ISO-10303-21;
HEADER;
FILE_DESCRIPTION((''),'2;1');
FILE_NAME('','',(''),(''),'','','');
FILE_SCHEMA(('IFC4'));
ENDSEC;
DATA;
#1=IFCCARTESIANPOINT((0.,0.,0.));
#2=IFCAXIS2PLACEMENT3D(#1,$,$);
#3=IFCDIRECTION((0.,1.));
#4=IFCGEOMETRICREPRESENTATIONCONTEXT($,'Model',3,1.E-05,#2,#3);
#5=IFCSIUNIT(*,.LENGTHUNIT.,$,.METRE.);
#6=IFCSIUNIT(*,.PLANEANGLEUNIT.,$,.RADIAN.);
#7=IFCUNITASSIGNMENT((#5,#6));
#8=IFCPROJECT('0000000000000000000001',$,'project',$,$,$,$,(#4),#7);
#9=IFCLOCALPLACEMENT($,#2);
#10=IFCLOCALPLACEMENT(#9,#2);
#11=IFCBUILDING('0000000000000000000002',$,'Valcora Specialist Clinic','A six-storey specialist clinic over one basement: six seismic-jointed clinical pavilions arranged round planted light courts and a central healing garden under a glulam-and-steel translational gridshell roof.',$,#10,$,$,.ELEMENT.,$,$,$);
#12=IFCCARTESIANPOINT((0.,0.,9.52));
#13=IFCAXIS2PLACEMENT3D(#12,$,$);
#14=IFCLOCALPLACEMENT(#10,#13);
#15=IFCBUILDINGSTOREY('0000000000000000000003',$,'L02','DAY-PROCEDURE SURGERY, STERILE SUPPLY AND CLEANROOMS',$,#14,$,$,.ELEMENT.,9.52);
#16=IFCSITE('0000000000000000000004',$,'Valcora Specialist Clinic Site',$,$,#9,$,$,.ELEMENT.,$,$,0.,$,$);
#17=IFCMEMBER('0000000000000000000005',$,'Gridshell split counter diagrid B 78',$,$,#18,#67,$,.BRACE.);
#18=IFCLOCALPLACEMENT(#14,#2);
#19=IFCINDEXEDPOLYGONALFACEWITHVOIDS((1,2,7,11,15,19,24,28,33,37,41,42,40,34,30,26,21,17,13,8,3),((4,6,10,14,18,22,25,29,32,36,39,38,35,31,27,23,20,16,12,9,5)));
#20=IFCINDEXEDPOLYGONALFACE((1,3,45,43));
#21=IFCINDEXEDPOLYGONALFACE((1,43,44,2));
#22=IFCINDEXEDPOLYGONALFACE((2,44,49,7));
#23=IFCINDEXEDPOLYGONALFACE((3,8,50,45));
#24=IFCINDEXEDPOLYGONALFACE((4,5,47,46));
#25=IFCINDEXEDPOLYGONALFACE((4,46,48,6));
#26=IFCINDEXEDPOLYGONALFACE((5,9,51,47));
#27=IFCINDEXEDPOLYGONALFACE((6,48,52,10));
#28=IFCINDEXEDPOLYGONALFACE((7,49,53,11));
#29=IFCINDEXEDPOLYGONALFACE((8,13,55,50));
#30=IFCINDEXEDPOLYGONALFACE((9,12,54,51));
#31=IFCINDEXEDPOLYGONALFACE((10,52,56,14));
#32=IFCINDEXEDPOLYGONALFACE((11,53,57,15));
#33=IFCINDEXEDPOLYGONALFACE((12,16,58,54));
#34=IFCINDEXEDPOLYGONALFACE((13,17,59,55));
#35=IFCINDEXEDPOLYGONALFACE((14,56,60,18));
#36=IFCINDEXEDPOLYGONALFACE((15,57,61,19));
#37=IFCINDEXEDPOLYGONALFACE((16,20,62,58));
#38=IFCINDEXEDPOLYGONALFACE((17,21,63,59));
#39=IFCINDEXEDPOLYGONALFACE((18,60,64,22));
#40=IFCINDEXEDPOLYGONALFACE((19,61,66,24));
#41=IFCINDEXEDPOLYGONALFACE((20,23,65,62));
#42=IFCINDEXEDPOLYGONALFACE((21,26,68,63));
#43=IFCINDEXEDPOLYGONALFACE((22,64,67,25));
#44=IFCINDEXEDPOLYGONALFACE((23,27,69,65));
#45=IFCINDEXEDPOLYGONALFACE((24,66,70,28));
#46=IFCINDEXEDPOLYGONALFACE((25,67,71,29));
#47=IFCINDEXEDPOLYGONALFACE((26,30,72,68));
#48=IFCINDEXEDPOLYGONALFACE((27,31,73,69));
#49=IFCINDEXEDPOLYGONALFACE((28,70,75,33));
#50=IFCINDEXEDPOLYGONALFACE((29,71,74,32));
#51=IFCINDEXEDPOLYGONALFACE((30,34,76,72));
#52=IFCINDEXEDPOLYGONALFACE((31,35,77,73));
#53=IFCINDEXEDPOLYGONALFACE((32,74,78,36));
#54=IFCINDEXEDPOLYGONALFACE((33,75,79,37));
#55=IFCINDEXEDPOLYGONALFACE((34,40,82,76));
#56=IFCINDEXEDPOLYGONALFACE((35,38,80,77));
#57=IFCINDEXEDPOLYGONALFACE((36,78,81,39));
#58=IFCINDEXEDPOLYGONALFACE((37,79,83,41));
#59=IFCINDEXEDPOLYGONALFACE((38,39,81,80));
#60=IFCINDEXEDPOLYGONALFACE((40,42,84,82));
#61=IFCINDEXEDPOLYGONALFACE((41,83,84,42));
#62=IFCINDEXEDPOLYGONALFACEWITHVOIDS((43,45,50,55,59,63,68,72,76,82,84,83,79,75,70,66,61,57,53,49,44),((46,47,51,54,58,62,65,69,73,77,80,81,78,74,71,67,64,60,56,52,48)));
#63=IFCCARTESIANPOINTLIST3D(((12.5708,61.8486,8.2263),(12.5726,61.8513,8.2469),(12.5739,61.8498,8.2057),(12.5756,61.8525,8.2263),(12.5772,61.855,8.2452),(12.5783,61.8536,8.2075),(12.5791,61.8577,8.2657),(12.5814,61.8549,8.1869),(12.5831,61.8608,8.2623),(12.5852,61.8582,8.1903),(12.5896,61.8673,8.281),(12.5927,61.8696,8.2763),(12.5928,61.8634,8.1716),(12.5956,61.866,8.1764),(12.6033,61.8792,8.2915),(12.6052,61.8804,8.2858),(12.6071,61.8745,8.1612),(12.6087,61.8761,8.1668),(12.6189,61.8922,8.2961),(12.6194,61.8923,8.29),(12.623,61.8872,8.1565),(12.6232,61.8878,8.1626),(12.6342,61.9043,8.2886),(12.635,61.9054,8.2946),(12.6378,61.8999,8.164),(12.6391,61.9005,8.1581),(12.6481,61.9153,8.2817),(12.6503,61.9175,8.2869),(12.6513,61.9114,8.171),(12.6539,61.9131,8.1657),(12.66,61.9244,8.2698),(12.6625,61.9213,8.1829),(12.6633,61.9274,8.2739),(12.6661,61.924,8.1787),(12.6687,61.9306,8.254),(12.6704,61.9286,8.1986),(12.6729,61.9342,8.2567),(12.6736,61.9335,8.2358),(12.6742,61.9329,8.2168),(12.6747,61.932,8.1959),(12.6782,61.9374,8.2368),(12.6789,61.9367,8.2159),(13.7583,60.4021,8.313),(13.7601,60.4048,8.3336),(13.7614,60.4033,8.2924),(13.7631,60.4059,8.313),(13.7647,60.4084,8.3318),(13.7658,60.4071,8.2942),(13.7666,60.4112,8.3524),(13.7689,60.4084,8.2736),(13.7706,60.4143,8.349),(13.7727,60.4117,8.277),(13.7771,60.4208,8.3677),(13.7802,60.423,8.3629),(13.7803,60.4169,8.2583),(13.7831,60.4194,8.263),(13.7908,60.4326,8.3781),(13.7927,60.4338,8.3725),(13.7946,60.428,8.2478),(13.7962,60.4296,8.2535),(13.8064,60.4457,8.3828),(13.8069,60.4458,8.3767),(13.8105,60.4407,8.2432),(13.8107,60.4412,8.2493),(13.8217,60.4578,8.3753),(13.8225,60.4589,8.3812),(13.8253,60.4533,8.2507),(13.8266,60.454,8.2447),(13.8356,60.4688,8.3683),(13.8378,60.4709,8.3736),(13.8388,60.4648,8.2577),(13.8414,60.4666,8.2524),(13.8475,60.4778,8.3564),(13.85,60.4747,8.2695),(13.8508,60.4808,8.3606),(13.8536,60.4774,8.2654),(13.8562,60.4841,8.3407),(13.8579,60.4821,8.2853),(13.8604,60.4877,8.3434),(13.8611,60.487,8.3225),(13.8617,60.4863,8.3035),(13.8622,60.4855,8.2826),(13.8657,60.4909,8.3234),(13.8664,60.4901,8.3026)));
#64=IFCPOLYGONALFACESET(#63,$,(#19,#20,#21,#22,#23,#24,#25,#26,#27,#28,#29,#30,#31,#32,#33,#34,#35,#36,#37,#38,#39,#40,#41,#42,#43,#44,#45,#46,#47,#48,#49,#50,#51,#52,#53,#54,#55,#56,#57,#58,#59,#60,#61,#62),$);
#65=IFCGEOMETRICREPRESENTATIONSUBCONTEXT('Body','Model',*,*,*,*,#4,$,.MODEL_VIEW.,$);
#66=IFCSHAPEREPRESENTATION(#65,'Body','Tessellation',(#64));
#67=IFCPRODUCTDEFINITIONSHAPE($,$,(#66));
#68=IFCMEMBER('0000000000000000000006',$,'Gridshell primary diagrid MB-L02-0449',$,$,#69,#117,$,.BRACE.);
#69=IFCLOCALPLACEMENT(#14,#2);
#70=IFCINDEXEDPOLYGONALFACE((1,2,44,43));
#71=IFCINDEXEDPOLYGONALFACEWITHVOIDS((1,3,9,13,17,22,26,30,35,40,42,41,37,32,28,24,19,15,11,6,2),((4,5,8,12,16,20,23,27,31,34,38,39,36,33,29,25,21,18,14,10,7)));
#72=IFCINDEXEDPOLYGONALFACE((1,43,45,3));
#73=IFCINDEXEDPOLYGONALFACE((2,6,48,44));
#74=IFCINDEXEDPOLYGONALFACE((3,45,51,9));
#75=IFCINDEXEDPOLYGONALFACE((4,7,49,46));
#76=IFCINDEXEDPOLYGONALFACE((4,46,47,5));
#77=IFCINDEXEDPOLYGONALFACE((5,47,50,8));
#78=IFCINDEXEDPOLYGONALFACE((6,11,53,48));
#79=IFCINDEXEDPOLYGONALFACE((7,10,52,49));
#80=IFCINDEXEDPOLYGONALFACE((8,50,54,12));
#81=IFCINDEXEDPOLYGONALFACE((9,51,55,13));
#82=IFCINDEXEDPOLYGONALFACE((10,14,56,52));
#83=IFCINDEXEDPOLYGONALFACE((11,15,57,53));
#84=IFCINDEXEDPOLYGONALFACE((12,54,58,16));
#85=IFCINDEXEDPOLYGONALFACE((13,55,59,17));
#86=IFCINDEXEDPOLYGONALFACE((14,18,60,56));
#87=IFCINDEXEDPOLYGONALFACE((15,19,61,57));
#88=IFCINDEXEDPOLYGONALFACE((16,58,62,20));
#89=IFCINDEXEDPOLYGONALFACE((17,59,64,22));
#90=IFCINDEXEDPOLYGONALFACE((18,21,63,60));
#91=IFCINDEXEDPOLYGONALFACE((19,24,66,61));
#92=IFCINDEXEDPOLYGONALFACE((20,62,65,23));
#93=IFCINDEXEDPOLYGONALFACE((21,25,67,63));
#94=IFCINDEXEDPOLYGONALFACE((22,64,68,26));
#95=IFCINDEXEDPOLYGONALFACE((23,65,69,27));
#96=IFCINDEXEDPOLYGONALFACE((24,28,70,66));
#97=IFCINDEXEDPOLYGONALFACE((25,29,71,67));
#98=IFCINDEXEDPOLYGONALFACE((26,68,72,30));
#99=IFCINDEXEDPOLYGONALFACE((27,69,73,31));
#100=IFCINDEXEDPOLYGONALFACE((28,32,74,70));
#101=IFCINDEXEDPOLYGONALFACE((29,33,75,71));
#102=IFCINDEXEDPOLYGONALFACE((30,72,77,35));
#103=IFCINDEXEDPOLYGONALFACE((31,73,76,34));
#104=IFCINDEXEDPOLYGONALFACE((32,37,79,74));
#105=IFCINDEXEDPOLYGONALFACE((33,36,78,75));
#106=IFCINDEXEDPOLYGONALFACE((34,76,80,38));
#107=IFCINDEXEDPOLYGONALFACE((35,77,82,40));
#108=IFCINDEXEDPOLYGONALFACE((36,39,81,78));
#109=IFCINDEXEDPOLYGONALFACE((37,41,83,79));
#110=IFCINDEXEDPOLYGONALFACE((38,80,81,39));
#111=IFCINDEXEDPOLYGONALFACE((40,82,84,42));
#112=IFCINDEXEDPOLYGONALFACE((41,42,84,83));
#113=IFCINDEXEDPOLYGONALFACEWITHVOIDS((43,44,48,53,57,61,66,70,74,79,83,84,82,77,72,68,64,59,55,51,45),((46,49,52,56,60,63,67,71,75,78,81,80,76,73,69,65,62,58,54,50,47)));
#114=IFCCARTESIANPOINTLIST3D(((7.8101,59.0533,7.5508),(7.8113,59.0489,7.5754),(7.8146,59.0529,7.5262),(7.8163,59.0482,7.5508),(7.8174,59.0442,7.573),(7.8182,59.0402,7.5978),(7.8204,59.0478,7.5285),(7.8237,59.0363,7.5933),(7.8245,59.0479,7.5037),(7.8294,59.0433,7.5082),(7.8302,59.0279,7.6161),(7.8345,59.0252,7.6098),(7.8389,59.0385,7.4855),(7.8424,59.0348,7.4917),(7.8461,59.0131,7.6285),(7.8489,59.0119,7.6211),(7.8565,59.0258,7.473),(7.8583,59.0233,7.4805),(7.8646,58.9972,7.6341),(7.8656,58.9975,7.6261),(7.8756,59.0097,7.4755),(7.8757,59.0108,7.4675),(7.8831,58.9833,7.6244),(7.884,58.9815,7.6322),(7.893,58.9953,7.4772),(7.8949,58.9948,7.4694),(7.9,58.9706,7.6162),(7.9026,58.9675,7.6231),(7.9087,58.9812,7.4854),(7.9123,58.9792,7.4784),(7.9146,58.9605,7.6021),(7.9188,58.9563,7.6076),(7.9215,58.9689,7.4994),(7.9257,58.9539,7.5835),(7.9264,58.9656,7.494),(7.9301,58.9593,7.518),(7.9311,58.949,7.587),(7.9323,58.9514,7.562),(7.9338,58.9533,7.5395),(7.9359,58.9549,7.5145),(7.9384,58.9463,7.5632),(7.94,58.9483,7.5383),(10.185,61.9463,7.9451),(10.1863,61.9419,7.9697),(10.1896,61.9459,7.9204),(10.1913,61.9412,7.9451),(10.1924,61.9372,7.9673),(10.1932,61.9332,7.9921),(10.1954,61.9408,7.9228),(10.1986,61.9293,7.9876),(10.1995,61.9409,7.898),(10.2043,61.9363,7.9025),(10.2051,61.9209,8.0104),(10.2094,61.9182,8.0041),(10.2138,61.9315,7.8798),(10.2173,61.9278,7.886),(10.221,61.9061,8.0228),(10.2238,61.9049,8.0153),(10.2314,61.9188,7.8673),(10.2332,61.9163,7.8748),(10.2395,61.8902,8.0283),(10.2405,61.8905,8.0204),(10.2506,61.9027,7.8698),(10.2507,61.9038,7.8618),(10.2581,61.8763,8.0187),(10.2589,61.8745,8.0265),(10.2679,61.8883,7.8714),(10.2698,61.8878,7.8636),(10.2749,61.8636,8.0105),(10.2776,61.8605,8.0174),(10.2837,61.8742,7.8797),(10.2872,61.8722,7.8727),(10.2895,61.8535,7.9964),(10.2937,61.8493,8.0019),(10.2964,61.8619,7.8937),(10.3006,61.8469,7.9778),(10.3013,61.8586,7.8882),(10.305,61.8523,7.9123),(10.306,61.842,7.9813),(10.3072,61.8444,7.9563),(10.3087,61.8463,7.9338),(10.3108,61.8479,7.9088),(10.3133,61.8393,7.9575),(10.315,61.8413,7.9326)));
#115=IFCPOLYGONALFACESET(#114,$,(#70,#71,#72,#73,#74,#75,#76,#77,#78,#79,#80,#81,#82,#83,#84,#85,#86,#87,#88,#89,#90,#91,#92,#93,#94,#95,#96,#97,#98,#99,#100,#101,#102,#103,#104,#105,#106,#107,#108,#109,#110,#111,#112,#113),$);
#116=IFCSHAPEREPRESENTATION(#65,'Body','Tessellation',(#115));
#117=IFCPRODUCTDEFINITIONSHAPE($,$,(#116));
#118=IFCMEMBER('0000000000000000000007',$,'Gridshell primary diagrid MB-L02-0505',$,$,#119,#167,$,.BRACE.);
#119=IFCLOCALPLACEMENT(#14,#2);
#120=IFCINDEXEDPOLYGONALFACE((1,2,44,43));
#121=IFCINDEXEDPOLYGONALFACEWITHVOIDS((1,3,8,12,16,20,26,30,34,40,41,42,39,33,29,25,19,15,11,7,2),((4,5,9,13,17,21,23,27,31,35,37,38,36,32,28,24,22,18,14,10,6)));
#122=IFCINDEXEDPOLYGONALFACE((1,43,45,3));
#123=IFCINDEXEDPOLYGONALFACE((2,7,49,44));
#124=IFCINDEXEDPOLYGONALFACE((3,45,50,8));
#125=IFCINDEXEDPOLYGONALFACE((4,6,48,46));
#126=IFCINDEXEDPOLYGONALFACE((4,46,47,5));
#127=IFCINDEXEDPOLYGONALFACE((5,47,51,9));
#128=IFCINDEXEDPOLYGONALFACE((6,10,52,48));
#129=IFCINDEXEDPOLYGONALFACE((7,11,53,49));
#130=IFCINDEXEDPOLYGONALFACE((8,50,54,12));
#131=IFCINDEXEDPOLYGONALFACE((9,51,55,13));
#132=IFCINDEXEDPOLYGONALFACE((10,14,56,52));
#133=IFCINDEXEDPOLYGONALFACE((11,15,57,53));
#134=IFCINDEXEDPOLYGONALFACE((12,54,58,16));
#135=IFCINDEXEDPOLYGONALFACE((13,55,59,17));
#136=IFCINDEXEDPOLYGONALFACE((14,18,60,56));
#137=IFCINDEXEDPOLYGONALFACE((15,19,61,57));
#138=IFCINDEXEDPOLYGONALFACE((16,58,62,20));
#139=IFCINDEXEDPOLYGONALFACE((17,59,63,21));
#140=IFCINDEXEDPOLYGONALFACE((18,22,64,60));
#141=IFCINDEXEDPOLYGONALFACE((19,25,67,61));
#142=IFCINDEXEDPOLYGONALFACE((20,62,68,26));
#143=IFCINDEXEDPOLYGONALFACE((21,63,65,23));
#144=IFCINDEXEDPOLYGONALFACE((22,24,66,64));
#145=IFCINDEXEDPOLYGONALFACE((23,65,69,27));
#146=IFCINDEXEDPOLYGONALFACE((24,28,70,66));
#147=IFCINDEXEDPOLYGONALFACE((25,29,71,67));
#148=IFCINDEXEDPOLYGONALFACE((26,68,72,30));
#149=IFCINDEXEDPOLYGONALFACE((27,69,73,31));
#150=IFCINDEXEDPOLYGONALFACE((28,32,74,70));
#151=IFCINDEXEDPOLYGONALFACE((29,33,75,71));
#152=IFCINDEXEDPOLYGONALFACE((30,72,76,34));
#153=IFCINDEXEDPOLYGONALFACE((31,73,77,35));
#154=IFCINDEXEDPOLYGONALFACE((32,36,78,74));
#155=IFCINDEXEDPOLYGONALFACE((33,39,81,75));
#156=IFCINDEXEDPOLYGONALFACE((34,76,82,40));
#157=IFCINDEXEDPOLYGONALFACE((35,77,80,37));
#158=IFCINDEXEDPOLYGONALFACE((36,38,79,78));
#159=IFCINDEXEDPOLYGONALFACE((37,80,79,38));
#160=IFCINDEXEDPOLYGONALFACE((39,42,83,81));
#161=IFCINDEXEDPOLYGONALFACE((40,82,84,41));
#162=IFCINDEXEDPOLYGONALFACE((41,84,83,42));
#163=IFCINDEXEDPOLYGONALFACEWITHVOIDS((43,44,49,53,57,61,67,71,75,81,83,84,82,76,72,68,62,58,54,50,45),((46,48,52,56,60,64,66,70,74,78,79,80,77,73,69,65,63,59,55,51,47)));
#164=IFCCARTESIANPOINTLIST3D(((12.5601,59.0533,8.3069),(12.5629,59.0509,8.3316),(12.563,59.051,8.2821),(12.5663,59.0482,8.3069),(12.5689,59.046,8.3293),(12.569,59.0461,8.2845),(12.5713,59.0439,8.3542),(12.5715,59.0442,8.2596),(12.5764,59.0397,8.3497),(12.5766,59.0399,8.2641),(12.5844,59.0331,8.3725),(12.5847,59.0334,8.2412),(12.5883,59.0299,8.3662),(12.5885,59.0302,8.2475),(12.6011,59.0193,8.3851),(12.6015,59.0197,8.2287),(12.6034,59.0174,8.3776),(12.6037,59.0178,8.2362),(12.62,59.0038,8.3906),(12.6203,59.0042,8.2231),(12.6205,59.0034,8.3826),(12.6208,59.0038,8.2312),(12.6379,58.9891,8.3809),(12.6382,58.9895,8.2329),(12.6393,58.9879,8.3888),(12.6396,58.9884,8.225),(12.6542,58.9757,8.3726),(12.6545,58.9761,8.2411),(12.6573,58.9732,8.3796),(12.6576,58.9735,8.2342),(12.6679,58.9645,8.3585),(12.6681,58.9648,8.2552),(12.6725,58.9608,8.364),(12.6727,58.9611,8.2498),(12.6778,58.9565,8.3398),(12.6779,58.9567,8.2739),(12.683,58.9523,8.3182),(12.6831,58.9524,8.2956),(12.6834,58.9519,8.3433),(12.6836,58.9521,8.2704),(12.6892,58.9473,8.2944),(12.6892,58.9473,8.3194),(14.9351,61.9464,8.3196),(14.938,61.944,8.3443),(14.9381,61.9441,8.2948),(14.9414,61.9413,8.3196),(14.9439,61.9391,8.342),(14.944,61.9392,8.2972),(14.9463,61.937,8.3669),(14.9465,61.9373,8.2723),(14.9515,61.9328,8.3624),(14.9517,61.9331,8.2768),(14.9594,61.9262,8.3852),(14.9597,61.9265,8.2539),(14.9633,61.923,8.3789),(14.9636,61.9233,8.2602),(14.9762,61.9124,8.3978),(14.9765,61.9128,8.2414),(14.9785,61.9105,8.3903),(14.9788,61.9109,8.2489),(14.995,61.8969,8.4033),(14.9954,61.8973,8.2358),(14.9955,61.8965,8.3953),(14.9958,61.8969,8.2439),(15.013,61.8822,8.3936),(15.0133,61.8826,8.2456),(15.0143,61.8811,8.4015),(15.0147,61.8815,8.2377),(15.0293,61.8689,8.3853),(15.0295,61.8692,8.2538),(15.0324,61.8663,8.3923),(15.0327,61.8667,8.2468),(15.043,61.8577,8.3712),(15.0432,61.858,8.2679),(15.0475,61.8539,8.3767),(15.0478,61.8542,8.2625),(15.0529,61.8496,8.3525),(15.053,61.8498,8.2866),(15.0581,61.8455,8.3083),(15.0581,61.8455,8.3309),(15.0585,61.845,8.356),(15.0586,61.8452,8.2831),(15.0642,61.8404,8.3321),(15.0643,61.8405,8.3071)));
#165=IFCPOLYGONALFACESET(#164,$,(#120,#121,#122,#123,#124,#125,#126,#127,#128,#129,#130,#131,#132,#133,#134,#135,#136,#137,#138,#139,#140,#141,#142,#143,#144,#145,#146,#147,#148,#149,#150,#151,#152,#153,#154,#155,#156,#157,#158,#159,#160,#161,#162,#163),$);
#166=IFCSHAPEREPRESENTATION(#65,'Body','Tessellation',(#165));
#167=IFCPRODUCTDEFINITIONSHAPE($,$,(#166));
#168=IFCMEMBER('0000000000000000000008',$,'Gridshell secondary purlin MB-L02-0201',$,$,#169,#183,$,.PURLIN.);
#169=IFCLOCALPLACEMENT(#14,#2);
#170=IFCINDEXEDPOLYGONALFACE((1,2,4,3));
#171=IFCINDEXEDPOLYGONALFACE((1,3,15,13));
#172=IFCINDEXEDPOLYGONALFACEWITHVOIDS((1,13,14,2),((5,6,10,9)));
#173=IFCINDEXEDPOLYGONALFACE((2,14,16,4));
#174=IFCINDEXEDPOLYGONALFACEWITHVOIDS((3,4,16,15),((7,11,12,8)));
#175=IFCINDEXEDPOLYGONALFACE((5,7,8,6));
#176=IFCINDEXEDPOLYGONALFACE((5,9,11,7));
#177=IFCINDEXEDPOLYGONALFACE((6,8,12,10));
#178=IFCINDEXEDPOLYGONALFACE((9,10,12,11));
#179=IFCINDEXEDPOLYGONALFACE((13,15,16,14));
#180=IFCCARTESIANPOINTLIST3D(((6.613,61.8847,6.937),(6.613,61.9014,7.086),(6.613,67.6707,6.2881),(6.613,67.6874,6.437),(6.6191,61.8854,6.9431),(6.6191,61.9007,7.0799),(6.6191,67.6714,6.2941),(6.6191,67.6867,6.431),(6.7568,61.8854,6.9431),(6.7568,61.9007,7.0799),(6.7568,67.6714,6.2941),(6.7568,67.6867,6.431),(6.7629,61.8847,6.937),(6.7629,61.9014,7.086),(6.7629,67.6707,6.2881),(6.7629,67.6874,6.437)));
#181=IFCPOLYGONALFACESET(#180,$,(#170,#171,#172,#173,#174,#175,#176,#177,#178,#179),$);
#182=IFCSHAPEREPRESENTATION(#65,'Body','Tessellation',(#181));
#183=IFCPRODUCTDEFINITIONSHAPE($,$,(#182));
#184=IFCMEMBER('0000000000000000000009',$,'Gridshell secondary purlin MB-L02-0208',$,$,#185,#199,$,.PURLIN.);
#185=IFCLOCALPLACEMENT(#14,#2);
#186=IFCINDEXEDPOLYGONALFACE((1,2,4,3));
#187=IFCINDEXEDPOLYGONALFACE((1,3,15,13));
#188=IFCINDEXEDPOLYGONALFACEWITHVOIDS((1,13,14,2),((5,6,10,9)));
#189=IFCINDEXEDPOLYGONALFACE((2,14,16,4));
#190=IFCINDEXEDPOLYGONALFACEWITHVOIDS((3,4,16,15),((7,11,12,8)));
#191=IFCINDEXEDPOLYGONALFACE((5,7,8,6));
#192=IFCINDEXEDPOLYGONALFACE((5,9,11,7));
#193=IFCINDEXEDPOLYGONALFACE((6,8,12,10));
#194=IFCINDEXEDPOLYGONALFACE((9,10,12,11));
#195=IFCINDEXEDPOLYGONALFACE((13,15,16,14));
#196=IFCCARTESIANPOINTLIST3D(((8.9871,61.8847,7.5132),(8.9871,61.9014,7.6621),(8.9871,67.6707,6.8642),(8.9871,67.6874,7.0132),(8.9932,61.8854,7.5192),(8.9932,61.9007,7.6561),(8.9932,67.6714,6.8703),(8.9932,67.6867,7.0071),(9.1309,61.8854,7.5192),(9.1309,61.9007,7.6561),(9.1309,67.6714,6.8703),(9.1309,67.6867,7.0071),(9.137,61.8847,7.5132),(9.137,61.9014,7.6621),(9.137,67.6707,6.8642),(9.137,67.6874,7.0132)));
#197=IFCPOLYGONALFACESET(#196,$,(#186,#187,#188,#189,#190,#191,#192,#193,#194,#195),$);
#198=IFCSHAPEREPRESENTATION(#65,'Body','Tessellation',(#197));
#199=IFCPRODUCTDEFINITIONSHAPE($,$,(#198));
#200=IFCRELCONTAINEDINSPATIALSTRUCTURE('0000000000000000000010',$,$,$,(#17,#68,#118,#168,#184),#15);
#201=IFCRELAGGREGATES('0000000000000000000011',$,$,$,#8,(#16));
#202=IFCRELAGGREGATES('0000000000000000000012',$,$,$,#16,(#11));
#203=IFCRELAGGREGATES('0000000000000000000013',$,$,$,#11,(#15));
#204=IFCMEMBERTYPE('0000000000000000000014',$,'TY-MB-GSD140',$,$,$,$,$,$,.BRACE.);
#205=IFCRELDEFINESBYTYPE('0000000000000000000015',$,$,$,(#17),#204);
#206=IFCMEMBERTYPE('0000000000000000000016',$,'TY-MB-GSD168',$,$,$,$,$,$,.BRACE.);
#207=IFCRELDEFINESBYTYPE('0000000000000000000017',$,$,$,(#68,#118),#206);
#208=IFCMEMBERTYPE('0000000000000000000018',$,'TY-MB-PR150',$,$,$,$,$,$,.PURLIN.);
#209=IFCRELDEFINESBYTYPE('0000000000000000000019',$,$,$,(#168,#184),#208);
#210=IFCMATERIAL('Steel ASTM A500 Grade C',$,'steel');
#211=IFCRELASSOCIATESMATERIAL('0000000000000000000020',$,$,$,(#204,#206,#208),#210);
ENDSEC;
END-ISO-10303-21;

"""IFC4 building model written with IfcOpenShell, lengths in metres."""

from ifc_helpers import new_model, si_unit, direction, frame, origin, origin_2d, place, context, subcontext, project, spatial, hollow_rectangle, hollow_circle, extrude, material, material_profile, profile_set, type_object, element, save


model = new_model("IFC4")

# Units and contexts
model_context = context("Model", 3, precision=1e-05, world=origin(), true_north=direction((0.0, 1.0)))
body_context = subcontext(model_context, "Body", "Model", "MODEL_VIEW")
ifc_project = project(units=[si_unit("LENGTHUNIT", "METRE"), si_unit("PLANEANGLEUNIT", "RADIAN")], contexts=[model_context])

# Site, building, storey
site_placement = place(None, origin())
site = spatial("IfcSite", under=ifc_project, at=site_placement, Name="Valcora Specialist Clinic Site", CompositionType="ELEMENT", RefElevation=0.0)
building_placement = place(site_placement, origin())
building = spatial("IfcBuilding", under=site, at=building_placement, Name="Valcora Specialist Clinic", Description="A six-storey specialist clinic over one basement: six seismic-jointed clinical pavilions arranged round planted light courts and a central healing garden under a glulam-and-steel translational gridshell roof.", CompositionType="ELEMENT")
storey_placement = place(building_placement, frame((0.0, 0.0, 9.52)))
storey = spatial("IfcBuildingStorey", under=building, at=storey_placement, Name="L02", Description="DAY-PROCEDURE SURGERY, STERILE SUPPLY AND CLEANROOMS", CompositionType="ELEMENT", Elevation=9.52)

# Members
ifc_material_1 = material(Name="Steel ASTM A500 Grade C", Category="steel")
ifc_material_profile_1 = material_profile(ifc_material_1, hollow_circle(Radius=0.0701, WallThickness=0.0061, at=origin_2d()), Name="ST-CHS-140X6")
ifc_profile_set_1 = profile_set([ifc_material_profile_1], Name="Steel ASTM A500 Grade C")
member_type_1 = type_object("IfcMemberType", Name="TY-MB-GSD140", PredefinedType="BRACE", material=ifc_profile_set_1)
member_1_placement = place(storey_placement, frame((13.8125, 60.4465, 8.313), z_axis=(-0.633829, 0.772088, -0.04626), x_axis=(-0.772916, -0.634508, 0.0)))
element("IfcMember", 1, at=member_1_placement, inside=storey, type_object=member_type_1, Name="Gridshell split counter diagrid B 78", PredefinedType="BRACE", context=body_context, shape_type="SweptSolid", body=[
    extrude(hollow_circle(Radius=0.0701, WallThickness=0.0061, at=origin_2d()), origin(), (0.0, 0.0, 1.0), 1.8735),
])
ifc_material_profile_2 = material_profile(ifc_material_1, hollow_circle(Radius=0.084, WallThickness=0.0081, at=origin_2d()), Name="ST-CHS-168X8")
ifc_profile_set_2 = profile_set([ifc_material_profile_2], Name="Steel ASTM A500 Grade C")
member_type_2 = type_object("IfcMemberType", Name="TY-MB-GSD168", PredefinedType="BRACE", material=ifc_profile_set_2)
member_2_placement = place(storey_placement, frame((7.875, 59.0, 7.5508), z_axis=(0.631017, 0.768663, 0.104759), x_axis=(-0.772916, 0.634508, 0.0)))
element("IfcMember", 2, at=member_2_placement, inside=storey, type_object=member_type_2, Name="Gridshell primary diagrid MB-L02-0449", PredefinedType="BRACE", context=body_context, shape_type="SweptSolid", body=[
    extrude(hollow_circle(Radius=0.084, WallThickness=0.0081, at=origin_2d()), origin(), (0.0, 0.0, 1.0), 3.7637),
])
member_3_placement = place(storey_placement, frame((12.625, 59.0, 8.3069), z_axis=(0.634505, 0.772911, 0.003392), x_axis=(-0.772916, 0.634508, 0.0)))
element("IfcMember", 3, at=member_3_placement, inside=storey, type_object=member_type_2, Name="Gridshell primary diagrid MB-L02-0505", PredefinedType="BRACE", context=body_context, shape_type="SweptSolid", body=[
    extrude(hollow_circle(Radius=0.084, WallThickness=0.0081, at=origin_2d()), origin(), (0.0, 0.0, 1.0), 3.7432),
])
ifc_material_profile_3 = material_profile(ifc_material_1, hollow_rectangle(XDim=0.1499, YDim=0.1499, WallThickness=0.0061, at=origin_2d()), Name="ST-RHS-150X150X6")
ifc_profile_set_3 = profile_set([ifc_material_profile_3], Name="Steel ASTM A500 Grade C")
member_type_3 = type_object("IfcMemberType", Name="TY-MB-PR150", PredefinedType="PURLIN", material=ifc_profile_set_3)
for number, where, z_axis, x_axis, name in (
    (4, (6.688, 61.8931, 7.0115), (0.0, 0.993769, -0.111458), (-1.0, 0.0, 0.0), "Gridshell secondary purlin MB-L02-0201"),
    (5, (9.062, 61.8931, 7.5876), (0.0, 0.993769, -0.111458), (-1.0, 0.0, 0.0), "Gridshell secondary purlin MB-L02-0208"),
):
    element("IfcMember", number, at=place(storey_placement, frame(where, z_axis=z_axis, x_axis=x_axis)), inside=storey, type_object=member_type_3, Name=name, PredefinedType="PURLIN", context=body_context, shape_type="SweptSolid", body=[
        extrude(hollow_rectangle(XDim=0.1499, YDim=0.1499, WallThickness=0.0061, at=origin_2d()), origin(), (0.0, 0.0, 1.0), 5.8223),
    ])

save(model, "model.ifc")
